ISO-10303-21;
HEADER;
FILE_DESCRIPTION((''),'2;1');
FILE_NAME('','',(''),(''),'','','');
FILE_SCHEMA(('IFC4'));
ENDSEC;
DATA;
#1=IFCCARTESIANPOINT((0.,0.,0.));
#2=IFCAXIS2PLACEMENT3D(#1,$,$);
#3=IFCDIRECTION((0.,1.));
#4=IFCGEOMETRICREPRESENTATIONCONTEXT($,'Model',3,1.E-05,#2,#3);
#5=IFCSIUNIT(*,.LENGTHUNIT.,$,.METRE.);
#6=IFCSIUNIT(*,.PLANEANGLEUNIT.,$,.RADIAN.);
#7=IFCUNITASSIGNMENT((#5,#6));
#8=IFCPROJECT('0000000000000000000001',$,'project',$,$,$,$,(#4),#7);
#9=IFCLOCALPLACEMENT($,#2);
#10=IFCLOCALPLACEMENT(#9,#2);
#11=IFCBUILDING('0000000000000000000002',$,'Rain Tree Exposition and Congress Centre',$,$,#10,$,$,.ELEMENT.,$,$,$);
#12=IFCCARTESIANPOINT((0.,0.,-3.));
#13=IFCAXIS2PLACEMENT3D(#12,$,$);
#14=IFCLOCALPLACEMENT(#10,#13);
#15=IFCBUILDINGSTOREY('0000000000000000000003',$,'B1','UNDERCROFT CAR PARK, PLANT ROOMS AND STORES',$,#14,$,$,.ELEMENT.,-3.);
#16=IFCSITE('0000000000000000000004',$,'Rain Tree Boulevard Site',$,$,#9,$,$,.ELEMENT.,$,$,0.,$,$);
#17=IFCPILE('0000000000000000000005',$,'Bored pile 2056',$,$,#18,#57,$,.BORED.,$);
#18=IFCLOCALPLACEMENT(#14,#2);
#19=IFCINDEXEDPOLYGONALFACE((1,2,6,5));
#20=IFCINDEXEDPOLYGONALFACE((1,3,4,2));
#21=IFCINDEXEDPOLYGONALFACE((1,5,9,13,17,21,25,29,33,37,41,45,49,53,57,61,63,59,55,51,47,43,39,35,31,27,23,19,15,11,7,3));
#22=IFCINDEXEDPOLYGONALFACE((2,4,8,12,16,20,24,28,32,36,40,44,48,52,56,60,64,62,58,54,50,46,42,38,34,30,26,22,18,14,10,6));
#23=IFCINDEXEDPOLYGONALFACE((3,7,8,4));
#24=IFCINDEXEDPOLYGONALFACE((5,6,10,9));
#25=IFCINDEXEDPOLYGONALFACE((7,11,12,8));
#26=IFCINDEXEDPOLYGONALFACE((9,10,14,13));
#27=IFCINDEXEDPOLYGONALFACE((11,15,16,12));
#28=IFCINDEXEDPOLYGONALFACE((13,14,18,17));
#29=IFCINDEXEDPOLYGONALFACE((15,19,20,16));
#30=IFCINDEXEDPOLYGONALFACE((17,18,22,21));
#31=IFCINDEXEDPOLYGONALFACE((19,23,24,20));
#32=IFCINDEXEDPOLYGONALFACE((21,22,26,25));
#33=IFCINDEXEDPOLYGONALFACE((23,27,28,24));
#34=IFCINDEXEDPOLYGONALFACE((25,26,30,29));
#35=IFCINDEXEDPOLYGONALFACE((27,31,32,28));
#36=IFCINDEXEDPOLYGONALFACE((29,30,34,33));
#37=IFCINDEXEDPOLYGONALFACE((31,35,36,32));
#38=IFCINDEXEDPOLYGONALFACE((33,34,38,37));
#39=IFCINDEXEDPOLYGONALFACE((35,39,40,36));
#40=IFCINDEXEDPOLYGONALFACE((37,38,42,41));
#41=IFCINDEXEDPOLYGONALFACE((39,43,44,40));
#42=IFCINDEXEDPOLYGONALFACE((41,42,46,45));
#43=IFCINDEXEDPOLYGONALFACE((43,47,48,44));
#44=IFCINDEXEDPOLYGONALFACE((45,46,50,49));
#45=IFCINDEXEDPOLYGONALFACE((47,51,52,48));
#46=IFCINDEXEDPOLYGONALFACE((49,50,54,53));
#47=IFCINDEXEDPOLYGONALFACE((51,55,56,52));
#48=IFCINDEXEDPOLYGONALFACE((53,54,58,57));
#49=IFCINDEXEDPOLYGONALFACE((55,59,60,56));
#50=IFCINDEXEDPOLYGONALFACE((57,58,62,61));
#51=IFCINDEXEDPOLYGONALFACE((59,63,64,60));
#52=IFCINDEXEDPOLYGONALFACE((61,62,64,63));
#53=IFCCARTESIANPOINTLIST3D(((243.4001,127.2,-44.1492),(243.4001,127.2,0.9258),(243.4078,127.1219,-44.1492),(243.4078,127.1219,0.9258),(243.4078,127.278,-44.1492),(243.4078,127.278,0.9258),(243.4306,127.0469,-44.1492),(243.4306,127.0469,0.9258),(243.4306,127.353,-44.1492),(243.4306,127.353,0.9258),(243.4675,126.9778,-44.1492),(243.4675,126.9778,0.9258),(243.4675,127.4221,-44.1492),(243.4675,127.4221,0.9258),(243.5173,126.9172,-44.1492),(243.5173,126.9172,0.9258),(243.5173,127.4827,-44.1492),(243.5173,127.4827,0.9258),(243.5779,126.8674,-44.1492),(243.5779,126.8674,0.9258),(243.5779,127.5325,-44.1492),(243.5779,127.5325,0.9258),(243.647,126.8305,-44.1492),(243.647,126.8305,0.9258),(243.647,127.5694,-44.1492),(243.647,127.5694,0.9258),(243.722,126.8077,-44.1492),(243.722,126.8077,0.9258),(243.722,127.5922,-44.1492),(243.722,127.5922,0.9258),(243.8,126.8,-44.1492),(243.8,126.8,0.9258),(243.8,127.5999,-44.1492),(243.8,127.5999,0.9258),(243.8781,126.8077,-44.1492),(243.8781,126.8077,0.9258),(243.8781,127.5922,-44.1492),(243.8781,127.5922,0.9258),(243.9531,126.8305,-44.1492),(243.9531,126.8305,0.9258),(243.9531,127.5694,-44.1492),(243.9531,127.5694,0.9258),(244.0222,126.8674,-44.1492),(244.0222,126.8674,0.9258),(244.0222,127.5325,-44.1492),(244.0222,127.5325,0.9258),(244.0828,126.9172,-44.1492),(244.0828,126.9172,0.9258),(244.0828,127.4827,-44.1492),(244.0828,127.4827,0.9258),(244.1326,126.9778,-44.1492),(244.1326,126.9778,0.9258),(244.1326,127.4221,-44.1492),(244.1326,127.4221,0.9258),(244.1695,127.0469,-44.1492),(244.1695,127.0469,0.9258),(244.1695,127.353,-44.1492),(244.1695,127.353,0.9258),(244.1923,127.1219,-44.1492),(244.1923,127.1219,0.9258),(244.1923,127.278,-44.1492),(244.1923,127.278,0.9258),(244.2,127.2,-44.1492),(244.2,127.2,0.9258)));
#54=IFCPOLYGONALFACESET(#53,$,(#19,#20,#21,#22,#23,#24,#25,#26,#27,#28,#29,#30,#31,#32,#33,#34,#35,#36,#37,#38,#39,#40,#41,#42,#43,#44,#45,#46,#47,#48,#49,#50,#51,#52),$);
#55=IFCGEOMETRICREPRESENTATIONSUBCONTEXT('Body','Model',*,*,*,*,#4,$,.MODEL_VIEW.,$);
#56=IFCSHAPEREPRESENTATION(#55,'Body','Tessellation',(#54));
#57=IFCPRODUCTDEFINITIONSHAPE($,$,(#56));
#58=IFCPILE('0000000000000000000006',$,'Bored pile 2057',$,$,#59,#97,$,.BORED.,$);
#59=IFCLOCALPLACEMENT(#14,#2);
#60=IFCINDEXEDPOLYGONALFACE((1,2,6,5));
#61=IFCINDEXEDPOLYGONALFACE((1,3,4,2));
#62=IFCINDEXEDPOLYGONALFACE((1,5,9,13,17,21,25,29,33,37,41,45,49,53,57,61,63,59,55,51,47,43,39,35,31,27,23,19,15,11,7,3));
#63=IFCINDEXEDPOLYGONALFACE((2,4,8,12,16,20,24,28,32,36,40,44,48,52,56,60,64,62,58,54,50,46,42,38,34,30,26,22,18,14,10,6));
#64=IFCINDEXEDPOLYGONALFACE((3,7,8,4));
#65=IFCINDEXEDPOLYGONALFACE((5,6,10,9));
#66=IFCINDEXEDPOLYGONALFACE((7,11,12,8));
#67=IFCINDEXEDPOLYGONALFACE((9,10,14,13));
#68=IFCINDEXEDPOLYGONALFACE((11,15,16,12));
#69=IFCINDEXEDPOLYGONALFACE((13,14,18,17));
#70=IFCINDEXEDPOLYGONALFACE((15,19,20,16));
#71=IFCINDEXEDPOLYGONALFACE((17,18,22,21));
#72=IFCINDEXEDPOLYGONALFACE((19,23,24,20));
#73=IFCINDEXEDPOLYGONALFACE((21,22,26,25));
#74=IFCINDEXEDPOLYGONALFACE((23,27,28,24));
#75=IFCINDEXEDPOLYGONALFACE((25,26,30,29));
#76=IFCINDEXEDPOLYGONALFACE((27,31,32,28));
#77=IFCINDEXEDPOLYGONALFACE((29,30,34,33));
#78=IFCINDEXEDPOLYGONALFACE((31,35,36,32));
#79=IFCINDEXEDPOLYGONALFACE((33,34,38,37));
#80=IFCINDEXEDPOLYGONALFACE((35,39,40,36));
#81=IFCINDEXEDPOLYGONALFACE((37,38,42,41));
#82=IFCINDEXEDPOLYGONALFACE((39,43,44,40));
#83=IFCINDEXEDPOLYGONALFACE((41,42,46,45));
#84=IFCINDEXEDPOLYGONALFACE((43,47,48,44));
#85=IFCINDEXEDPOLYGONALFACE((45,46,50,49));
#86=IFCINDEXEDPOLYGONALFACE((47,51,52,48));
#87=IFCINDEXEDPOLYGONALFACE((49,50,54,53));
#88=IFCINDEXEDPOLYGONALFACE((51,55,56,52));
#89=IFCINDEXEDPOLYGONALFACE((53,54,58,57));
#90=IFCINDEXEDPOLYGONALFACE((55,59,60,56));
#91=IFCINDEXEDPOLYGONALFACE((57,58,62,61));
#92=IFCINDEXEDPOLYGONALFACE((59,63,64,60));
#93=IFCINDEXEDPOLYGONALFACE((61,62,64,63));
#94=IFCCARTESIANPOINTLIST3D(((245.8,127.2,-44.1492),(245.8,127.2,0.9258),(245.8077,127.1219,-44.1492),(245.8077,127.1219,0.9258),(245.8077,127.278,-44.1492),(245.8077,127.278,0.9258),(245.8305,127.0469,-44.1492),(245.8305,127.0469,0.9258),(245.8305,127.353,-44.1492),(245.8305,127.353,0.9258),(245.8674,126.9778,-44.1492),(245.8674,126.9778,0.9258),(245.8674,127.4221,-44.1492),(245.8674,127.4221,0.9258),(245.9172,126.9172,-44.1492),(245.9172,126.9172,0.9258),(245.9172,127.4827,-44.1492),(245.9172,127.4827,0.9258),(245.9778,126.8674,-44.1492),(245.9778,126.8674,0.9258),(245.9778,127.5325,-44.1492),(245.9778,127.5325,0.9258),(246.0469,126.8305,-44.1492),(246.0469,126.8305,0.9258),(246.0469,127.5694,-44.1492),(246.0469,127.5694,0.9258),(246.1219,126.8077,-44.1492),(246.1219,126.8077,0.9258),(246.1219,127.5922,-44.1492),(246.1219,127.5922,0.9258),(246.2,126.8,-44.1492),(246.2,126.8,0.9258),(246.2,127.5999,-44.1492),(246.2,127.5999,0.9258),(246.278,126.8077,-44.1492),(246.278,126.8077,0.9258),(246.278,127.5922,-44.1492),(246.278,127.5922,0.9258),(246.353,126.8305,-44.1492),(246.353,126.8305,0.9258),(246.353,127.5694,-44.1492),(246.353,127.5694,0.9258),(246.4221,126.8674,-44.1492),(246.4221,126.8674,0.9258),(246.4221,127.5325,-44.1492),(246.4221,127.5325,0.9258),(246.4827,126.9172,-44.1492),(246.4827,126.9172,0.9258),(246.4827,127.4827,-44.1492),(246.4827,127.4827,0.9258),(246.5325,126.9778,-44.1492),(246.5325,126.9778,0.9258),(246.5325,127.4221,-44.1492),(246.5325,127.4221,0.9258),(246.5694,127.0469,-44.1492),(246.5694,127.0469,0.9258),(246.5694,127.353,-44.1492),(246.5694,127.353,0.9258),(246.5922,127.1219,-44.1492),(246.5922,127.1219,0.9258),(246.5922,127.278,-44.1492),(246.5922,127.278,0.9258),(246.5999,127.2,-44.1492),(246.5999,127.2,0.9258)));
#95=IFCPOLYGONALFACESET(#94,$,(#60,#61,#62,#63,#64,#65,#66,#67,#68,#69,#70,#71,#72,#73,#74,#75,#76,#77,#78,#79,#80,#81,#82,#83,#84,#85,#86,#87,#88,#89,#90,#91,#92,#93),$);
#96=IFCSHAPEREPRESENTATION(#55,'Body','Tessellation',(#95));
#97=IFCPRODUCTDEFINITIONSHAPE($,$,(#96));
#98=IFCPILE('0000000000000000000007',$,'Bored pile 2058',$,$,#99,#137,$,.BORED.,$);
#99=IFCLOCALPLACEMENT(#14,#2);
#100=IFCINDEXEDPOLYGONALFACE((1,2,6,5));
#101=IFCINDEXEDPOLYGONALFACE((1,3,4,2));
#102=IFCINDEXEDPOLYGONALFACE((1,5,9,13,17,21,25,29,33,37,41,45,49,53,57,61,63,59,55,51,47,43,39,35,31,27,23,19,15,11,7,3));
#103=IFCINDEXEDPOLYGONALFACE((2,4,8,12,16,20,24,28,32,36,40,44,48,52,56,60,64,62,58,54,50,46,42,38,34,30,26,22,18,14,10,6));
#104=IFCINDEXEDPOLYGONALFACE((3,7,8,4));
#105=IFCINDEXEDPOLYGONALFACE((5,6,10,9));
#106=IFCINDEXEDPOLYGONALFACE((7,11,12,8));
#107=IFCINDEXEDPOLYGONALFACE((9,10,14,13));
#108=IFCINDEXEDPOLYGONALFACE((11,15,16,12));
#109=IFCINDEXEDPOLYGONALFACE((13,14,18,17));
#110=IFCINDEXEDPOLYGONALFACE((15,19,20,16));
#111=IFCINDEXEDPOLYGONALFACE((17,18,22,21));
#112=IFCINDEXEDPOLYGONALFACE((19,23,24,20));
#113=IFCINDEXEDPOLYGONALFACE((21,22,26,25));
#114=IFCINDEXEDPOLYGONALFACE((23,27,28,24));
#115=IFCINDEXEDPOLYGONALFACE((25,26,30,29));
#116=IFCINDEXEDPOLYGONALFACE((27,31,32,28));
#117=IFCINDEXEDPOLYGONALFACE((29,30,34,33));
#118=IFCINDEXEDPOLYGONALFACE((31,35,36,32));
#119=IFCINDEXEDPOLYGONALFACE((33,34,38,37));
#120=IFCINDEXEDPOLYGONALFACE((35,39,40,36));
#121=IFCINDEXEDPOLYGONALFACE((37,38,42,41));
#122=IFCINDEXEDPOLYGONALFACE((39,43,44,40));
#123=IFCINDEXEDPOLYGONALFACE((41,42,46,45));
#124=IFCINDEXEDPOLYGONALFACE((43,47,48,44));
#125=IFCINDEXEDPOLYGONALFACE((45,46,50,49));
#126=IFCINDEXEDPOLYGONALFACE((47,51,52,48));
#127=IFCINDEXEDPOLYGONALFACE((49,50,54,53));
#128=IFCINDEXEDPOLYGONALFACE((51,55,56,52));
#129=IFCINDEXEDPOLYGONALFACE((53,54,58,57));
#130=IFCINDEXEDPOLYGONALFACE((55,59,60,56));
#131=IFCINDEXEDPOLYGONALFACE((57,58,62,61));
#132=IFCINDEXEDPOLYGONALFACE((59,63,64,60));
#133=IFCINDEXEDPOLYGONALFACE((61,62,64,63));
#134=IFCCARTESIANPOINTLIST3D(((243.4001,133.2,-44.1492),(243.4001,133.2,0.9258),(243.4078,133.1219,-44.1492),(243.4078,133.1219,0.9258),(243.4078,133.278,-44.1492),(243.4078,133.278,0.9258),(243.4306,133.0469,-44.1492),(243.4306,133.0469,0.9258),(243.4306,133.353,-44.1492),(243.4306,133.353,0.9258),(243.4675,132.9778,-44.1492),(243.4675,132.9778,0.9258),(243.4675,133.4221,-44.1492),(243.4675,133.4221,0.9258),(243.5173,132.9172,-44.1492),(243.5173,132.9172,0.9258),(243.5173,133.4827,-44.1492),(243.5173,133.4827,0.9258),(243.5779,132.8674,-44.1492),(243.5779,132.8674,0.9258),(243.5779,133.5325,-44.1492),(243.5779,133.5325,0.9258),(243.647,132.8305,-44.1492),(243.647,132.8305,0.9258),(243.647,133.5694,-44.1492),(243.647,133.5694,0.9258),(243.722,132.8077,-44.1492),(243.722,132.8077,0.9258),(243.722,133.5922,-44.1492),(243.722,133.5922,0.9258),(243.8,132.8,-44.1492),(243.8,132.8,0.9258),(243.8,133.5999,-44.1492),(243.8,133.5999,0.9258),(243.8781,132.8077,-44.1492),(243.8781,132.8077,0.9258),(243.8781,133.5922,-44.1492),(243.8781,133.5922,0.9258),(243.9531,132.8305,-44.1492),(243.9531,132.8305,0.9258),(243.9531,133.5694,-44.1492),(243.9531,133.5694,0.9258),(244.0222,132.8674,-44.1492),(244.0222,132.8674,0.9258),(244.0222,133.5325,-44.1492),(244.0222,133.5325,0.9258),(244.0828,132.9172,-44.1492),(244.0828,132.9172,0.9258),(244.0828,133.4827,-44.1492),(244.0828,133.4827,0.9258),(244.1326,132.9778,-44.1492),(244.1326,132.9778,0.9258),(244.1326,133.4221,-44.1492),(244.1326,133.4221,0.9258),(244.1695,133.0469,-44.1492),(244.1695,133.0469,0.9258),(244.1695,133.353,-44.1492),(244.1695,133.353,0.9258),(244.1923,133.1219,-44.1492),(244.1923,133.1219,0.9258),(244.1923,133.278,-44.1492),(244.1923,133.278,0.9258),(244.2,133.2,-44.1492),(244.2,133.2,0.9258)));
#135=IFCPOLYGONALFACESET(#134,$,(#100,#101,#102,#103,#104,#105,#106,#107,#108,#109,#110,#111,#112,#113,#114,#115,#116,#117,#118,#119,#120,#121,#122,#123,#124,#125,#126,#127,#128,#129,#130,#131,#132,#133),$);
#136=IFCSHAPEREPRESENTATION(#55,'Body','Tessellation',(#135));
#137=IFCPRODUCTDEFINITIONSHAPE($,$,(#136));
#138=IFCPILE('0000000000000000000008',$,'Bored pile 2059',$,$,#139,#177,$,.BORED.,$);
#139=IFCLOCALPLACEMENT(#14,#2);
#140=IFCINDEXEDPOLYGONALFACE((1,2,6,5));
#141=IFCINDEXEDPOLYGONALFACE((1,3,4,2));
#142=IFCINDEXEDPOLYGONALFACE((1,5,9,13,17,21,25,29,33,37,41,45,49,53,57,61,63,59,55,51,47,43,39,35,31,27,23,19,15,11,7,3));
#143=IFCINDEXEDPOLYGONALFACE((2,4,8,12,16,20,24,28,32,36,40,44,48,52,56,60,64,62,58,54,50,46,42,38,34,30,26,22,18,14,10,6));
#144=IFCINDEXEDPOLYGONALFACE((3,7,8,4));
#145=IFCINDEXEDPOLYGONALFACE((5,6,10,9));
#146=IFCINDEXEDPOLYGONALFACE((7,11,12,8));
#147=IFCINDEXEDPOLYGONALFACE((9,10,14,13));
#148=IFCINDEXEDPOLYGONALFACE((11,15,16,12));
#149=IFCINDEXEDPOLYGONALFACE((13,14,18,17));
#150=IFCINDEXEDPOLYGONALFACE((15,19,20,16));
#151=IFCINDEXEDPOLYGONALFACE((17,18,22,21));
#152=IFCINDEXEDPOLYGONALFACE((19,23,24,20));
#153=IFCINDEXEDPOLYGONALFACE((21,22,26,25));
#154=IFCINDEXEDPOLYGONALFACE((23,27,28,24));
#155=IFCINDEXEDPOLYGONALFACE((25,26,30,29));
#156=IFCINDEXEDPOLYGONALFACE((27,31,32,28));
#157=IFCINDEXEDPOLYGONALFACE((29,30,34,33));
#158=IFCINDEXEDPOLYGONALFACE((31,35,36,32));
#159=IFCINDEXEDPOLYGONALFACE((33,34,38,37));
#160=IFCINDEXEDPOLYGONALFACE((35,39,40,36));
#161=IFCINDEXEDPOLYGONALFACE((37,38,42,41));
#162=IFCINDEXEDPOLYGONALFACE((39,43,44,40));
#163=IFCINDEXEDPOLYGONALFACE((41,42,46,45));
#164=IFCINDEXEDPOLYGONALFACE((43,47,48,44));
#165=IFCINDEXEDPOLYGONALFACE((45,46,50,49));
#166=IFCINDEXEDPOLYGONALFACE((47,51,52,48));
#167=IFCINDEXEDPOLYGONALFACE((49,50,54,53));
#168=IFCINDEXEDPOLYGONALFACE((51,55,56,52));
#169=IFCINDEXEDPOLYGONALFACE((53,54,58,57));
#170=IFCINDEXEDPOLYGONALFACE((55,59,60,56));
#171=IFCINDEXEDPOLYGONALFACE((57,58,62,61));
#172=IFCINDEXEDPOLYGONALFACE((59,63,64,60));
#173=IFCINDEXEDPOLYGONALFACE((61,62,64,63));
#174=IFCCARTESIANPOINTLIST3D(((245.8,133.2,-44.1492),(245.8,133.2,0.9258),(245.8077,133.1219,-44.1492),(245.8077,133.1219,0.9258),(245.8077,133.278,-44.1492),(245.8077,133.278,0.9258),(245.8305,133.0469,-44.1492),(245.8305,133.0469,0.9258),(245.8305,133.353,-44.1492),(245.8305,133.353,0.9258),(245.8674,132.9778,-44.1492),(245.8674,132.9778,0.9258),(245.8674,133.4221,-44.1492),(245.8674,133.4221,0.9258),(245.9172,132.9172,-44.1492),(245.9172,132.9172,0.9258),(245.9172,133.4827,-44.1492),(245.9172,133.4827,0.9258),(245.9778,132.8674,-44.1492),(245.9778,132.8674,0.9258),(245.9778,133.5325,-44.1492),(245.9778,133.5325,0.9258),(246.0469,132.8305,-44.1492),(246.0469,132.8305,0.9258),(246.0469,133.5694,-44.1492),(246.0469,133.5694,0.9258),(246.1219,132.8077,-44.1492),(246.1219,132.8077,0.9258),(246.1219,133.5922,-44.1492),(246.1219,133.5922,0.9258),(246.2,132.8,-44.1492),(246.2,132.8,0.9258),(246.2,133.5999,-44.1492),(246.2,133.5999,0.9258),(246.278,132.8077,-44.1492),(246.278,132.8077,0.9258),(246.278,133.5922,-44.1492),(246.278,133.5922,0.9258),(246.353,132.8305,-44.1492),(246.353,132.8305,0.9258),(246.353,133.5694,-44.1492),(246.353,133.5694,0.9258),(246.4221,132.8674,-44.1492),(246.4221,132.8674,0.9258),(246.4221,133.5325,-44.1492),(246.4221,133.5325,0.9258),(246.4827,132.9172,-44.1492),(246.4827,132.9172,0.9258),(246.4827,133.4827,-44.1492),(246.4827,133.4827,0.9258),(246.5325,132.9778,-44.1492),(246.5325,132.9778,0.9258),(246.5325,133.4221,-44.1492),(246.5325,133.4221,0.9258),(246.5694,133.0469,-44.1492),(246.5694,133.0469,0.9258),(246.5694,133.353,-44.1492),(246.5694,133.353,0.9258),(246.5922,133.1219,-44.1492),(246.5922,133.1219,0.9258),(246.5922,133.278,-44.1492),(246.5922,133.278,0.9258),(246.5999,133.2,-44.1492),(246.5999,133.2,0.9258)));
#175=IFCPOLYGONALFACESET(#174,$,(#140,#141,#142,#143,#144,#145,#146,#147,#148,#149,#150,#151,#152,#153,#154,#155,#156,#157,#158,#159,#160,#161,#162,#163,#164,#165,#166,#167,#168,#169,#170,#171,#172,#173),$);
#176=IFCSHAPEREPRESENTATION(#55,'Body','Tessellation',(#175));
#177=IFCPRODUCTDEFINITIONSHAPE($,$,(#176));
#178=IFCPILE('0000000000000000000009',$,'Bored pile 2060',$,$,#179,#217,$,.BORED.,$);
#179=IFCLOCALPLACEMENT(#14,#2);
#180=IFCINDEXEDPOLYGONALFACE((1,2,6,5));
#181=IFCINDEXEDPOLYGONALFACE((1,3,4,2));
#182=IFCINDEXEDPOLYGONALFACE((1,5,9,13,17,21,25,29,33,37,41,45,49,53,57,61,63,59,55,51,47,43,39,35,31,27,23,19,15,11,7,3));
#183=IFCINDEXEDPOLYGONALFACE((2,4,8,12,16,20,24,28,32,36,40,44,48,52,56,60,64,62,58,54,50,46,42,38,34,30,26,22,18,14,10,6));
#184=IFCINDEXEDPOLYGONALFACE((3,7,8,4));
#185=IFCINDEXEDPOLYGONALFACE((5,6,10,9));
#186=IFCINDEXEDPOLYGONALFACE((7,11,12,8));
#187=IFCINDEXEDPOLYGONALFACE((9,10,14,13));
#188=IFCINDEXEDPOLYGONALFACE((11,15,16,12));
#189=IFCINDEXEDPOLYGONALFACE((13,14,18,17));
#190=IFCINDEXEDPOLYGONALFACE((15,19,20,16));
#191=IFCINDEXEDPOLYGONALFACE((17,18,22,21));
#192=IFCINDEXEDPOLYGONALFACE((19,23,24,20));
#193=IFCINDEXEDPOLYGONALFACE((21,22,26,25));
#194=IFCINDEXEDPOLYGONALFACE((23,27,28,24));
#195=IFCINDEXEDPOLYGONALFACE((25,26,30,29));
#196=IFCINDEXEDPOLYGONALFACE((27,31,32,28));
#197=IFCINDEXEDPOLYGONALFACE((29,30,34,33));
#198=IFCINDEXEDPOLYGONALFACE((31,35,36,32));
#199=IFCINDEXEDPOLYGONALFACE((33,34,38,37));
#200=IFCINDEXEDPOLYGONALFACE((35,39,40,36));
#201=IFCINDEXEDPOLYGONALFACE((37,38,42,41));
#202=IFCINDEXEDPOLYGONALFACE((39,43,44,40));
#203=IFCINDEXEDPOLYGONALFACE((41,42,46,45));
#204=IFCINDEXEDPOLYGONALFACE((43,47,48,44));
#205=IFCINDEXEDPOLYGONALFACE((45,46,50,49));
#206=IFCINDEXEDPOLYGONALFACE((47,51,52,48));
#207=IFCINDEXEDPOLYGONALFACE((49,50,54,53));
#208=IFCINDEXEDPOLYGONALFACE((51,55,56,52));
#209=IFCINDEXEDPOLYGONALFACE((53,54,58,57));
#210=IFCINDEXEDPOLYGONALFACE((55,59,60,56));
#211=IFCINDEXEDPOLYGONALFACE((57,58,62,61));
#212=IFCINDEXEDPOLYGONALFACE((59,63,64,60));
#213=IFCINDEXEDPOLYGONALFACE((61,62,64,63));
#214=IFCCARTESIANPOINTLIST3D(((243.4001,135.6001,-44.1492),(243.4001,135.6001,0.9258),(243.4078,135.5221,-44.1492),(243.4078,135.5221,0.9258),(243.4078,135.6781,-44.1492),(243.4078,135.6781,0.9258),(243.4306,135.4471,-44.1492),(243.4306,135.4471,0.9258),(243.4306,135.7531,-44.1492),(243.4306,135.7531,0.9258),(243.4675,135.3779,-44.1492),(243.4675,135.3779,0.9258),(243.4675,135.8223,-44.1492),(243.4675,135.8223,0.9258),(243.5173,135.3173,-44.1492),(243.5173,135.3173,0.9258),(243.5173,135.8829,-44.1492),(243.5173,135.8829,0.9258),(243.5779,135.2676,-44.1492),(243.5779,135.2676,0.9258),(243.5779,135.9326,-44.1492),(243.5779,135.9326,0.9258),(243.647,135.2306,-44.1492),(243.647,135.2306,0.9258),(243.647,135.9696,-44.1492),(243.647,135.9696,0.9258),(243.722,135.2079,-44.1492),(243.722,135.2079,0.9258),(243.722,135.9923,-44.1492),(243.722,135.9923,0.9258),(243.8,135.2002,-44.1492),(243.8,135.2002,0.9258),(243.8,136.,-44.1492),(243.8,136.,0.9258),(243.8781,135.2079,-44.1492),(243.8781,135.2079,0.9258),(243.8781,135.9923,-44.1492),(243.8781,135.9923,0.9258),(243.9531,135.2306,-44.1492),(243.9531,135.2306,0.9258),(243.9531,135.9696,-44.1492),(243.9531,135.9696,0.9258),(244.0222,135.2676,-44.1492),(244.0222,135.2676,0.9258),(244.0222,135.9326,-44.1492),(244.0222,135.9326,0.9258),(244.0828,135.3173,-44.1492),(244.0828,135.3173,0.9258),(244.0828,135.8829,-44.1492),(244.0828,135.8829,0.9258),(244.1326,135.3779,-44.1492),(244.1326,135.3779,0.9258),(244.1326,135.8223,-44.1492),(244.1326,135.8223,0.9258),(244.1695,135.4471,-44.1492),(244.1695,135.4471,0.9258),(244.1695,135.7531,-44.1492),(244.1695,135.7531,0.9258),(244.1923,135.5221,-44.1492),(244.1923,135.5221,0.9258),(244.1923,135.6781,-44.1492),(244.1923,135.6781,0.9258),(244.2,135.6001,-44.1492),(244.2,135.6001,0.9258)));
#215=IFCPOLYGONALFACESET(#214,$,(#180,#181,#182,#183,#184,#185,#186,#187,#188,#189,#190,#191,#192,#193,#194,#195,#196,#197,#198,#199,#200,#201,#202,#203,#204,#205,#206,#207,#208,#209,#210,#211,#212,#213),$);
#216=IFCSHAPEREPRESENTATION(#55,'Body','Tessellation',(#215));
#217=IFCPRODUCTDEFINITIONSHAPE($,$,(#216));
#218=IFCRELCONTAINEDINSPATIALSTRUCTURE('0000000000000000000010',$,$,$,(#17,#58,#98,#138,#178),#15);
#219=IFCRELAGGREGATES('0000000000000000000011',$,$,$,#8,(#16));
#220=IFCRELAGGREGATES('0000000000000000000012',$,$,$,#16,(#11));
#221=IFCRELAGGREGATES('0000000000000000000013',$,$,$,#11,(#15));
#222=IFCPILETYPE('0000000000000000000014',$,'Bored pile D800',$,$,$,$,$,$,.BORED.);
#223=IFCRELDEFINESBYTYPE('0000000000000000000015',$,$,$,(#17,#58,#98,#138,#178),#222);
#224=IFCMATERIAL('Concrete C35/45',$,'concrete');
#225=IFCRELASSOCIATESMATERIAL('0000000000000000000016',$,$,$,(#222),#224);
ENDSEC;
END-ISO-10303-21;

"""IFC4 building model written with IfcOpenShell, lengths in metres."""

from ifc_helpers import new_model, si_unit, direction, frame, origin, origin_2d, place, context, subcontext, project, spatial, circle, extrude, material, material_profile, profile_set, type_object, element, save


model = new_model("IFC4")

# Units and contexts
model_context = context("Model", 3, precision=1e-05, world=origin(), true_north=direction((0.0, 1.0)))
body_context = subcontext(model_context, "Body", "Model", "MODEL_VIEW")
ifc_project = project(units=[si_unit("LENGTHUNIT", "METRE"), si_unit("PLANEANGLEUNIT", "RADIAN")], contexts=[model_context])

# Site, building, storey
site_placement = place(None, origin())
site = spatial("IfcSite", under=ifc_project, at=site_placement, Name="Rain Tree Boulevard Site", CompositionType="ELEMENT", RefElevation=0.0)
building_placement = place(site_placement, origin())
building = spatial("IfcBuilding", under=site, at=building_placement, Name="Rain Tree Exposition and Congress Centre", CompositionType="ELEMENT")
storey_placement = place(building_placement, frame((0.0, 0.0, -3.0)))
storey = spatial("IfcBuildingStorey", under=building, at=storey_placement, Name="B1", Description="UNDERCROFT CAR PARK, PLANT ROOMS AND STORES", CompositionType="ELEMENT", Elevation=-3.0)

# Piles
ifc_material_1 = material(Name="Concrete C35/45", Category="concrete")
ifc_material_profile_1 = material_profile(ifc_material_1, circle(Radius=0.3999, at=origin_2d()), Name="D800")
ifc_profile_set_1 = profile_set([ifc_material_profile_1], Name="Concrete C35/45")
pile_type_1 = type_object("IfcPileType", Name="Bored pile D800", PredefinedType="BORED", material=ifc_profile_set_1)
for number, where, z_axis, x_axis, name in (
    (1, (243.8, 127.2, 0.9258), (0.0, 0.0, -1.0), (1.0, 0.0, 0.0), "Bored pile 2056"),
    (2, (246.2, 127.2, 0.9258), (0.0, 0.0, -1.0), (1.0, 0.0, 0.0), "Bored pile 2057"),
    (3, (243.8, 133.2, 0.9258), (0.0, 0.0, -1.0), (1.0, 0.0, 0.0), "Bored pile 2058"),
    (4, (246.2, 133.2, 0.9258), (0.0, 0.0, -1.0), (1.0, 0.0, 0.0), "Bored pile 2059"),
    (5, (243.8, 135.6001, 0.9258), (0.0, 0.0, -1.0), (1.0, 0.0, 0.0), "Bored pile 2060"),
):
    element("IfcPile", number, at=place(storey_placement, frame(where, z_axis=z_axis, x_axis=x_axis)), inside=storey, type_object=pile_type_1, Name=name, PredefinedType="BORED", context=body_context, shape_type="SweptSolid", body=[
        extrude(circle(Radius=0.3999, at=origin_2d()), origin(), (0.0, 0.0, 1.0), 45.075),
    ])

save(model, "model.ifc")
